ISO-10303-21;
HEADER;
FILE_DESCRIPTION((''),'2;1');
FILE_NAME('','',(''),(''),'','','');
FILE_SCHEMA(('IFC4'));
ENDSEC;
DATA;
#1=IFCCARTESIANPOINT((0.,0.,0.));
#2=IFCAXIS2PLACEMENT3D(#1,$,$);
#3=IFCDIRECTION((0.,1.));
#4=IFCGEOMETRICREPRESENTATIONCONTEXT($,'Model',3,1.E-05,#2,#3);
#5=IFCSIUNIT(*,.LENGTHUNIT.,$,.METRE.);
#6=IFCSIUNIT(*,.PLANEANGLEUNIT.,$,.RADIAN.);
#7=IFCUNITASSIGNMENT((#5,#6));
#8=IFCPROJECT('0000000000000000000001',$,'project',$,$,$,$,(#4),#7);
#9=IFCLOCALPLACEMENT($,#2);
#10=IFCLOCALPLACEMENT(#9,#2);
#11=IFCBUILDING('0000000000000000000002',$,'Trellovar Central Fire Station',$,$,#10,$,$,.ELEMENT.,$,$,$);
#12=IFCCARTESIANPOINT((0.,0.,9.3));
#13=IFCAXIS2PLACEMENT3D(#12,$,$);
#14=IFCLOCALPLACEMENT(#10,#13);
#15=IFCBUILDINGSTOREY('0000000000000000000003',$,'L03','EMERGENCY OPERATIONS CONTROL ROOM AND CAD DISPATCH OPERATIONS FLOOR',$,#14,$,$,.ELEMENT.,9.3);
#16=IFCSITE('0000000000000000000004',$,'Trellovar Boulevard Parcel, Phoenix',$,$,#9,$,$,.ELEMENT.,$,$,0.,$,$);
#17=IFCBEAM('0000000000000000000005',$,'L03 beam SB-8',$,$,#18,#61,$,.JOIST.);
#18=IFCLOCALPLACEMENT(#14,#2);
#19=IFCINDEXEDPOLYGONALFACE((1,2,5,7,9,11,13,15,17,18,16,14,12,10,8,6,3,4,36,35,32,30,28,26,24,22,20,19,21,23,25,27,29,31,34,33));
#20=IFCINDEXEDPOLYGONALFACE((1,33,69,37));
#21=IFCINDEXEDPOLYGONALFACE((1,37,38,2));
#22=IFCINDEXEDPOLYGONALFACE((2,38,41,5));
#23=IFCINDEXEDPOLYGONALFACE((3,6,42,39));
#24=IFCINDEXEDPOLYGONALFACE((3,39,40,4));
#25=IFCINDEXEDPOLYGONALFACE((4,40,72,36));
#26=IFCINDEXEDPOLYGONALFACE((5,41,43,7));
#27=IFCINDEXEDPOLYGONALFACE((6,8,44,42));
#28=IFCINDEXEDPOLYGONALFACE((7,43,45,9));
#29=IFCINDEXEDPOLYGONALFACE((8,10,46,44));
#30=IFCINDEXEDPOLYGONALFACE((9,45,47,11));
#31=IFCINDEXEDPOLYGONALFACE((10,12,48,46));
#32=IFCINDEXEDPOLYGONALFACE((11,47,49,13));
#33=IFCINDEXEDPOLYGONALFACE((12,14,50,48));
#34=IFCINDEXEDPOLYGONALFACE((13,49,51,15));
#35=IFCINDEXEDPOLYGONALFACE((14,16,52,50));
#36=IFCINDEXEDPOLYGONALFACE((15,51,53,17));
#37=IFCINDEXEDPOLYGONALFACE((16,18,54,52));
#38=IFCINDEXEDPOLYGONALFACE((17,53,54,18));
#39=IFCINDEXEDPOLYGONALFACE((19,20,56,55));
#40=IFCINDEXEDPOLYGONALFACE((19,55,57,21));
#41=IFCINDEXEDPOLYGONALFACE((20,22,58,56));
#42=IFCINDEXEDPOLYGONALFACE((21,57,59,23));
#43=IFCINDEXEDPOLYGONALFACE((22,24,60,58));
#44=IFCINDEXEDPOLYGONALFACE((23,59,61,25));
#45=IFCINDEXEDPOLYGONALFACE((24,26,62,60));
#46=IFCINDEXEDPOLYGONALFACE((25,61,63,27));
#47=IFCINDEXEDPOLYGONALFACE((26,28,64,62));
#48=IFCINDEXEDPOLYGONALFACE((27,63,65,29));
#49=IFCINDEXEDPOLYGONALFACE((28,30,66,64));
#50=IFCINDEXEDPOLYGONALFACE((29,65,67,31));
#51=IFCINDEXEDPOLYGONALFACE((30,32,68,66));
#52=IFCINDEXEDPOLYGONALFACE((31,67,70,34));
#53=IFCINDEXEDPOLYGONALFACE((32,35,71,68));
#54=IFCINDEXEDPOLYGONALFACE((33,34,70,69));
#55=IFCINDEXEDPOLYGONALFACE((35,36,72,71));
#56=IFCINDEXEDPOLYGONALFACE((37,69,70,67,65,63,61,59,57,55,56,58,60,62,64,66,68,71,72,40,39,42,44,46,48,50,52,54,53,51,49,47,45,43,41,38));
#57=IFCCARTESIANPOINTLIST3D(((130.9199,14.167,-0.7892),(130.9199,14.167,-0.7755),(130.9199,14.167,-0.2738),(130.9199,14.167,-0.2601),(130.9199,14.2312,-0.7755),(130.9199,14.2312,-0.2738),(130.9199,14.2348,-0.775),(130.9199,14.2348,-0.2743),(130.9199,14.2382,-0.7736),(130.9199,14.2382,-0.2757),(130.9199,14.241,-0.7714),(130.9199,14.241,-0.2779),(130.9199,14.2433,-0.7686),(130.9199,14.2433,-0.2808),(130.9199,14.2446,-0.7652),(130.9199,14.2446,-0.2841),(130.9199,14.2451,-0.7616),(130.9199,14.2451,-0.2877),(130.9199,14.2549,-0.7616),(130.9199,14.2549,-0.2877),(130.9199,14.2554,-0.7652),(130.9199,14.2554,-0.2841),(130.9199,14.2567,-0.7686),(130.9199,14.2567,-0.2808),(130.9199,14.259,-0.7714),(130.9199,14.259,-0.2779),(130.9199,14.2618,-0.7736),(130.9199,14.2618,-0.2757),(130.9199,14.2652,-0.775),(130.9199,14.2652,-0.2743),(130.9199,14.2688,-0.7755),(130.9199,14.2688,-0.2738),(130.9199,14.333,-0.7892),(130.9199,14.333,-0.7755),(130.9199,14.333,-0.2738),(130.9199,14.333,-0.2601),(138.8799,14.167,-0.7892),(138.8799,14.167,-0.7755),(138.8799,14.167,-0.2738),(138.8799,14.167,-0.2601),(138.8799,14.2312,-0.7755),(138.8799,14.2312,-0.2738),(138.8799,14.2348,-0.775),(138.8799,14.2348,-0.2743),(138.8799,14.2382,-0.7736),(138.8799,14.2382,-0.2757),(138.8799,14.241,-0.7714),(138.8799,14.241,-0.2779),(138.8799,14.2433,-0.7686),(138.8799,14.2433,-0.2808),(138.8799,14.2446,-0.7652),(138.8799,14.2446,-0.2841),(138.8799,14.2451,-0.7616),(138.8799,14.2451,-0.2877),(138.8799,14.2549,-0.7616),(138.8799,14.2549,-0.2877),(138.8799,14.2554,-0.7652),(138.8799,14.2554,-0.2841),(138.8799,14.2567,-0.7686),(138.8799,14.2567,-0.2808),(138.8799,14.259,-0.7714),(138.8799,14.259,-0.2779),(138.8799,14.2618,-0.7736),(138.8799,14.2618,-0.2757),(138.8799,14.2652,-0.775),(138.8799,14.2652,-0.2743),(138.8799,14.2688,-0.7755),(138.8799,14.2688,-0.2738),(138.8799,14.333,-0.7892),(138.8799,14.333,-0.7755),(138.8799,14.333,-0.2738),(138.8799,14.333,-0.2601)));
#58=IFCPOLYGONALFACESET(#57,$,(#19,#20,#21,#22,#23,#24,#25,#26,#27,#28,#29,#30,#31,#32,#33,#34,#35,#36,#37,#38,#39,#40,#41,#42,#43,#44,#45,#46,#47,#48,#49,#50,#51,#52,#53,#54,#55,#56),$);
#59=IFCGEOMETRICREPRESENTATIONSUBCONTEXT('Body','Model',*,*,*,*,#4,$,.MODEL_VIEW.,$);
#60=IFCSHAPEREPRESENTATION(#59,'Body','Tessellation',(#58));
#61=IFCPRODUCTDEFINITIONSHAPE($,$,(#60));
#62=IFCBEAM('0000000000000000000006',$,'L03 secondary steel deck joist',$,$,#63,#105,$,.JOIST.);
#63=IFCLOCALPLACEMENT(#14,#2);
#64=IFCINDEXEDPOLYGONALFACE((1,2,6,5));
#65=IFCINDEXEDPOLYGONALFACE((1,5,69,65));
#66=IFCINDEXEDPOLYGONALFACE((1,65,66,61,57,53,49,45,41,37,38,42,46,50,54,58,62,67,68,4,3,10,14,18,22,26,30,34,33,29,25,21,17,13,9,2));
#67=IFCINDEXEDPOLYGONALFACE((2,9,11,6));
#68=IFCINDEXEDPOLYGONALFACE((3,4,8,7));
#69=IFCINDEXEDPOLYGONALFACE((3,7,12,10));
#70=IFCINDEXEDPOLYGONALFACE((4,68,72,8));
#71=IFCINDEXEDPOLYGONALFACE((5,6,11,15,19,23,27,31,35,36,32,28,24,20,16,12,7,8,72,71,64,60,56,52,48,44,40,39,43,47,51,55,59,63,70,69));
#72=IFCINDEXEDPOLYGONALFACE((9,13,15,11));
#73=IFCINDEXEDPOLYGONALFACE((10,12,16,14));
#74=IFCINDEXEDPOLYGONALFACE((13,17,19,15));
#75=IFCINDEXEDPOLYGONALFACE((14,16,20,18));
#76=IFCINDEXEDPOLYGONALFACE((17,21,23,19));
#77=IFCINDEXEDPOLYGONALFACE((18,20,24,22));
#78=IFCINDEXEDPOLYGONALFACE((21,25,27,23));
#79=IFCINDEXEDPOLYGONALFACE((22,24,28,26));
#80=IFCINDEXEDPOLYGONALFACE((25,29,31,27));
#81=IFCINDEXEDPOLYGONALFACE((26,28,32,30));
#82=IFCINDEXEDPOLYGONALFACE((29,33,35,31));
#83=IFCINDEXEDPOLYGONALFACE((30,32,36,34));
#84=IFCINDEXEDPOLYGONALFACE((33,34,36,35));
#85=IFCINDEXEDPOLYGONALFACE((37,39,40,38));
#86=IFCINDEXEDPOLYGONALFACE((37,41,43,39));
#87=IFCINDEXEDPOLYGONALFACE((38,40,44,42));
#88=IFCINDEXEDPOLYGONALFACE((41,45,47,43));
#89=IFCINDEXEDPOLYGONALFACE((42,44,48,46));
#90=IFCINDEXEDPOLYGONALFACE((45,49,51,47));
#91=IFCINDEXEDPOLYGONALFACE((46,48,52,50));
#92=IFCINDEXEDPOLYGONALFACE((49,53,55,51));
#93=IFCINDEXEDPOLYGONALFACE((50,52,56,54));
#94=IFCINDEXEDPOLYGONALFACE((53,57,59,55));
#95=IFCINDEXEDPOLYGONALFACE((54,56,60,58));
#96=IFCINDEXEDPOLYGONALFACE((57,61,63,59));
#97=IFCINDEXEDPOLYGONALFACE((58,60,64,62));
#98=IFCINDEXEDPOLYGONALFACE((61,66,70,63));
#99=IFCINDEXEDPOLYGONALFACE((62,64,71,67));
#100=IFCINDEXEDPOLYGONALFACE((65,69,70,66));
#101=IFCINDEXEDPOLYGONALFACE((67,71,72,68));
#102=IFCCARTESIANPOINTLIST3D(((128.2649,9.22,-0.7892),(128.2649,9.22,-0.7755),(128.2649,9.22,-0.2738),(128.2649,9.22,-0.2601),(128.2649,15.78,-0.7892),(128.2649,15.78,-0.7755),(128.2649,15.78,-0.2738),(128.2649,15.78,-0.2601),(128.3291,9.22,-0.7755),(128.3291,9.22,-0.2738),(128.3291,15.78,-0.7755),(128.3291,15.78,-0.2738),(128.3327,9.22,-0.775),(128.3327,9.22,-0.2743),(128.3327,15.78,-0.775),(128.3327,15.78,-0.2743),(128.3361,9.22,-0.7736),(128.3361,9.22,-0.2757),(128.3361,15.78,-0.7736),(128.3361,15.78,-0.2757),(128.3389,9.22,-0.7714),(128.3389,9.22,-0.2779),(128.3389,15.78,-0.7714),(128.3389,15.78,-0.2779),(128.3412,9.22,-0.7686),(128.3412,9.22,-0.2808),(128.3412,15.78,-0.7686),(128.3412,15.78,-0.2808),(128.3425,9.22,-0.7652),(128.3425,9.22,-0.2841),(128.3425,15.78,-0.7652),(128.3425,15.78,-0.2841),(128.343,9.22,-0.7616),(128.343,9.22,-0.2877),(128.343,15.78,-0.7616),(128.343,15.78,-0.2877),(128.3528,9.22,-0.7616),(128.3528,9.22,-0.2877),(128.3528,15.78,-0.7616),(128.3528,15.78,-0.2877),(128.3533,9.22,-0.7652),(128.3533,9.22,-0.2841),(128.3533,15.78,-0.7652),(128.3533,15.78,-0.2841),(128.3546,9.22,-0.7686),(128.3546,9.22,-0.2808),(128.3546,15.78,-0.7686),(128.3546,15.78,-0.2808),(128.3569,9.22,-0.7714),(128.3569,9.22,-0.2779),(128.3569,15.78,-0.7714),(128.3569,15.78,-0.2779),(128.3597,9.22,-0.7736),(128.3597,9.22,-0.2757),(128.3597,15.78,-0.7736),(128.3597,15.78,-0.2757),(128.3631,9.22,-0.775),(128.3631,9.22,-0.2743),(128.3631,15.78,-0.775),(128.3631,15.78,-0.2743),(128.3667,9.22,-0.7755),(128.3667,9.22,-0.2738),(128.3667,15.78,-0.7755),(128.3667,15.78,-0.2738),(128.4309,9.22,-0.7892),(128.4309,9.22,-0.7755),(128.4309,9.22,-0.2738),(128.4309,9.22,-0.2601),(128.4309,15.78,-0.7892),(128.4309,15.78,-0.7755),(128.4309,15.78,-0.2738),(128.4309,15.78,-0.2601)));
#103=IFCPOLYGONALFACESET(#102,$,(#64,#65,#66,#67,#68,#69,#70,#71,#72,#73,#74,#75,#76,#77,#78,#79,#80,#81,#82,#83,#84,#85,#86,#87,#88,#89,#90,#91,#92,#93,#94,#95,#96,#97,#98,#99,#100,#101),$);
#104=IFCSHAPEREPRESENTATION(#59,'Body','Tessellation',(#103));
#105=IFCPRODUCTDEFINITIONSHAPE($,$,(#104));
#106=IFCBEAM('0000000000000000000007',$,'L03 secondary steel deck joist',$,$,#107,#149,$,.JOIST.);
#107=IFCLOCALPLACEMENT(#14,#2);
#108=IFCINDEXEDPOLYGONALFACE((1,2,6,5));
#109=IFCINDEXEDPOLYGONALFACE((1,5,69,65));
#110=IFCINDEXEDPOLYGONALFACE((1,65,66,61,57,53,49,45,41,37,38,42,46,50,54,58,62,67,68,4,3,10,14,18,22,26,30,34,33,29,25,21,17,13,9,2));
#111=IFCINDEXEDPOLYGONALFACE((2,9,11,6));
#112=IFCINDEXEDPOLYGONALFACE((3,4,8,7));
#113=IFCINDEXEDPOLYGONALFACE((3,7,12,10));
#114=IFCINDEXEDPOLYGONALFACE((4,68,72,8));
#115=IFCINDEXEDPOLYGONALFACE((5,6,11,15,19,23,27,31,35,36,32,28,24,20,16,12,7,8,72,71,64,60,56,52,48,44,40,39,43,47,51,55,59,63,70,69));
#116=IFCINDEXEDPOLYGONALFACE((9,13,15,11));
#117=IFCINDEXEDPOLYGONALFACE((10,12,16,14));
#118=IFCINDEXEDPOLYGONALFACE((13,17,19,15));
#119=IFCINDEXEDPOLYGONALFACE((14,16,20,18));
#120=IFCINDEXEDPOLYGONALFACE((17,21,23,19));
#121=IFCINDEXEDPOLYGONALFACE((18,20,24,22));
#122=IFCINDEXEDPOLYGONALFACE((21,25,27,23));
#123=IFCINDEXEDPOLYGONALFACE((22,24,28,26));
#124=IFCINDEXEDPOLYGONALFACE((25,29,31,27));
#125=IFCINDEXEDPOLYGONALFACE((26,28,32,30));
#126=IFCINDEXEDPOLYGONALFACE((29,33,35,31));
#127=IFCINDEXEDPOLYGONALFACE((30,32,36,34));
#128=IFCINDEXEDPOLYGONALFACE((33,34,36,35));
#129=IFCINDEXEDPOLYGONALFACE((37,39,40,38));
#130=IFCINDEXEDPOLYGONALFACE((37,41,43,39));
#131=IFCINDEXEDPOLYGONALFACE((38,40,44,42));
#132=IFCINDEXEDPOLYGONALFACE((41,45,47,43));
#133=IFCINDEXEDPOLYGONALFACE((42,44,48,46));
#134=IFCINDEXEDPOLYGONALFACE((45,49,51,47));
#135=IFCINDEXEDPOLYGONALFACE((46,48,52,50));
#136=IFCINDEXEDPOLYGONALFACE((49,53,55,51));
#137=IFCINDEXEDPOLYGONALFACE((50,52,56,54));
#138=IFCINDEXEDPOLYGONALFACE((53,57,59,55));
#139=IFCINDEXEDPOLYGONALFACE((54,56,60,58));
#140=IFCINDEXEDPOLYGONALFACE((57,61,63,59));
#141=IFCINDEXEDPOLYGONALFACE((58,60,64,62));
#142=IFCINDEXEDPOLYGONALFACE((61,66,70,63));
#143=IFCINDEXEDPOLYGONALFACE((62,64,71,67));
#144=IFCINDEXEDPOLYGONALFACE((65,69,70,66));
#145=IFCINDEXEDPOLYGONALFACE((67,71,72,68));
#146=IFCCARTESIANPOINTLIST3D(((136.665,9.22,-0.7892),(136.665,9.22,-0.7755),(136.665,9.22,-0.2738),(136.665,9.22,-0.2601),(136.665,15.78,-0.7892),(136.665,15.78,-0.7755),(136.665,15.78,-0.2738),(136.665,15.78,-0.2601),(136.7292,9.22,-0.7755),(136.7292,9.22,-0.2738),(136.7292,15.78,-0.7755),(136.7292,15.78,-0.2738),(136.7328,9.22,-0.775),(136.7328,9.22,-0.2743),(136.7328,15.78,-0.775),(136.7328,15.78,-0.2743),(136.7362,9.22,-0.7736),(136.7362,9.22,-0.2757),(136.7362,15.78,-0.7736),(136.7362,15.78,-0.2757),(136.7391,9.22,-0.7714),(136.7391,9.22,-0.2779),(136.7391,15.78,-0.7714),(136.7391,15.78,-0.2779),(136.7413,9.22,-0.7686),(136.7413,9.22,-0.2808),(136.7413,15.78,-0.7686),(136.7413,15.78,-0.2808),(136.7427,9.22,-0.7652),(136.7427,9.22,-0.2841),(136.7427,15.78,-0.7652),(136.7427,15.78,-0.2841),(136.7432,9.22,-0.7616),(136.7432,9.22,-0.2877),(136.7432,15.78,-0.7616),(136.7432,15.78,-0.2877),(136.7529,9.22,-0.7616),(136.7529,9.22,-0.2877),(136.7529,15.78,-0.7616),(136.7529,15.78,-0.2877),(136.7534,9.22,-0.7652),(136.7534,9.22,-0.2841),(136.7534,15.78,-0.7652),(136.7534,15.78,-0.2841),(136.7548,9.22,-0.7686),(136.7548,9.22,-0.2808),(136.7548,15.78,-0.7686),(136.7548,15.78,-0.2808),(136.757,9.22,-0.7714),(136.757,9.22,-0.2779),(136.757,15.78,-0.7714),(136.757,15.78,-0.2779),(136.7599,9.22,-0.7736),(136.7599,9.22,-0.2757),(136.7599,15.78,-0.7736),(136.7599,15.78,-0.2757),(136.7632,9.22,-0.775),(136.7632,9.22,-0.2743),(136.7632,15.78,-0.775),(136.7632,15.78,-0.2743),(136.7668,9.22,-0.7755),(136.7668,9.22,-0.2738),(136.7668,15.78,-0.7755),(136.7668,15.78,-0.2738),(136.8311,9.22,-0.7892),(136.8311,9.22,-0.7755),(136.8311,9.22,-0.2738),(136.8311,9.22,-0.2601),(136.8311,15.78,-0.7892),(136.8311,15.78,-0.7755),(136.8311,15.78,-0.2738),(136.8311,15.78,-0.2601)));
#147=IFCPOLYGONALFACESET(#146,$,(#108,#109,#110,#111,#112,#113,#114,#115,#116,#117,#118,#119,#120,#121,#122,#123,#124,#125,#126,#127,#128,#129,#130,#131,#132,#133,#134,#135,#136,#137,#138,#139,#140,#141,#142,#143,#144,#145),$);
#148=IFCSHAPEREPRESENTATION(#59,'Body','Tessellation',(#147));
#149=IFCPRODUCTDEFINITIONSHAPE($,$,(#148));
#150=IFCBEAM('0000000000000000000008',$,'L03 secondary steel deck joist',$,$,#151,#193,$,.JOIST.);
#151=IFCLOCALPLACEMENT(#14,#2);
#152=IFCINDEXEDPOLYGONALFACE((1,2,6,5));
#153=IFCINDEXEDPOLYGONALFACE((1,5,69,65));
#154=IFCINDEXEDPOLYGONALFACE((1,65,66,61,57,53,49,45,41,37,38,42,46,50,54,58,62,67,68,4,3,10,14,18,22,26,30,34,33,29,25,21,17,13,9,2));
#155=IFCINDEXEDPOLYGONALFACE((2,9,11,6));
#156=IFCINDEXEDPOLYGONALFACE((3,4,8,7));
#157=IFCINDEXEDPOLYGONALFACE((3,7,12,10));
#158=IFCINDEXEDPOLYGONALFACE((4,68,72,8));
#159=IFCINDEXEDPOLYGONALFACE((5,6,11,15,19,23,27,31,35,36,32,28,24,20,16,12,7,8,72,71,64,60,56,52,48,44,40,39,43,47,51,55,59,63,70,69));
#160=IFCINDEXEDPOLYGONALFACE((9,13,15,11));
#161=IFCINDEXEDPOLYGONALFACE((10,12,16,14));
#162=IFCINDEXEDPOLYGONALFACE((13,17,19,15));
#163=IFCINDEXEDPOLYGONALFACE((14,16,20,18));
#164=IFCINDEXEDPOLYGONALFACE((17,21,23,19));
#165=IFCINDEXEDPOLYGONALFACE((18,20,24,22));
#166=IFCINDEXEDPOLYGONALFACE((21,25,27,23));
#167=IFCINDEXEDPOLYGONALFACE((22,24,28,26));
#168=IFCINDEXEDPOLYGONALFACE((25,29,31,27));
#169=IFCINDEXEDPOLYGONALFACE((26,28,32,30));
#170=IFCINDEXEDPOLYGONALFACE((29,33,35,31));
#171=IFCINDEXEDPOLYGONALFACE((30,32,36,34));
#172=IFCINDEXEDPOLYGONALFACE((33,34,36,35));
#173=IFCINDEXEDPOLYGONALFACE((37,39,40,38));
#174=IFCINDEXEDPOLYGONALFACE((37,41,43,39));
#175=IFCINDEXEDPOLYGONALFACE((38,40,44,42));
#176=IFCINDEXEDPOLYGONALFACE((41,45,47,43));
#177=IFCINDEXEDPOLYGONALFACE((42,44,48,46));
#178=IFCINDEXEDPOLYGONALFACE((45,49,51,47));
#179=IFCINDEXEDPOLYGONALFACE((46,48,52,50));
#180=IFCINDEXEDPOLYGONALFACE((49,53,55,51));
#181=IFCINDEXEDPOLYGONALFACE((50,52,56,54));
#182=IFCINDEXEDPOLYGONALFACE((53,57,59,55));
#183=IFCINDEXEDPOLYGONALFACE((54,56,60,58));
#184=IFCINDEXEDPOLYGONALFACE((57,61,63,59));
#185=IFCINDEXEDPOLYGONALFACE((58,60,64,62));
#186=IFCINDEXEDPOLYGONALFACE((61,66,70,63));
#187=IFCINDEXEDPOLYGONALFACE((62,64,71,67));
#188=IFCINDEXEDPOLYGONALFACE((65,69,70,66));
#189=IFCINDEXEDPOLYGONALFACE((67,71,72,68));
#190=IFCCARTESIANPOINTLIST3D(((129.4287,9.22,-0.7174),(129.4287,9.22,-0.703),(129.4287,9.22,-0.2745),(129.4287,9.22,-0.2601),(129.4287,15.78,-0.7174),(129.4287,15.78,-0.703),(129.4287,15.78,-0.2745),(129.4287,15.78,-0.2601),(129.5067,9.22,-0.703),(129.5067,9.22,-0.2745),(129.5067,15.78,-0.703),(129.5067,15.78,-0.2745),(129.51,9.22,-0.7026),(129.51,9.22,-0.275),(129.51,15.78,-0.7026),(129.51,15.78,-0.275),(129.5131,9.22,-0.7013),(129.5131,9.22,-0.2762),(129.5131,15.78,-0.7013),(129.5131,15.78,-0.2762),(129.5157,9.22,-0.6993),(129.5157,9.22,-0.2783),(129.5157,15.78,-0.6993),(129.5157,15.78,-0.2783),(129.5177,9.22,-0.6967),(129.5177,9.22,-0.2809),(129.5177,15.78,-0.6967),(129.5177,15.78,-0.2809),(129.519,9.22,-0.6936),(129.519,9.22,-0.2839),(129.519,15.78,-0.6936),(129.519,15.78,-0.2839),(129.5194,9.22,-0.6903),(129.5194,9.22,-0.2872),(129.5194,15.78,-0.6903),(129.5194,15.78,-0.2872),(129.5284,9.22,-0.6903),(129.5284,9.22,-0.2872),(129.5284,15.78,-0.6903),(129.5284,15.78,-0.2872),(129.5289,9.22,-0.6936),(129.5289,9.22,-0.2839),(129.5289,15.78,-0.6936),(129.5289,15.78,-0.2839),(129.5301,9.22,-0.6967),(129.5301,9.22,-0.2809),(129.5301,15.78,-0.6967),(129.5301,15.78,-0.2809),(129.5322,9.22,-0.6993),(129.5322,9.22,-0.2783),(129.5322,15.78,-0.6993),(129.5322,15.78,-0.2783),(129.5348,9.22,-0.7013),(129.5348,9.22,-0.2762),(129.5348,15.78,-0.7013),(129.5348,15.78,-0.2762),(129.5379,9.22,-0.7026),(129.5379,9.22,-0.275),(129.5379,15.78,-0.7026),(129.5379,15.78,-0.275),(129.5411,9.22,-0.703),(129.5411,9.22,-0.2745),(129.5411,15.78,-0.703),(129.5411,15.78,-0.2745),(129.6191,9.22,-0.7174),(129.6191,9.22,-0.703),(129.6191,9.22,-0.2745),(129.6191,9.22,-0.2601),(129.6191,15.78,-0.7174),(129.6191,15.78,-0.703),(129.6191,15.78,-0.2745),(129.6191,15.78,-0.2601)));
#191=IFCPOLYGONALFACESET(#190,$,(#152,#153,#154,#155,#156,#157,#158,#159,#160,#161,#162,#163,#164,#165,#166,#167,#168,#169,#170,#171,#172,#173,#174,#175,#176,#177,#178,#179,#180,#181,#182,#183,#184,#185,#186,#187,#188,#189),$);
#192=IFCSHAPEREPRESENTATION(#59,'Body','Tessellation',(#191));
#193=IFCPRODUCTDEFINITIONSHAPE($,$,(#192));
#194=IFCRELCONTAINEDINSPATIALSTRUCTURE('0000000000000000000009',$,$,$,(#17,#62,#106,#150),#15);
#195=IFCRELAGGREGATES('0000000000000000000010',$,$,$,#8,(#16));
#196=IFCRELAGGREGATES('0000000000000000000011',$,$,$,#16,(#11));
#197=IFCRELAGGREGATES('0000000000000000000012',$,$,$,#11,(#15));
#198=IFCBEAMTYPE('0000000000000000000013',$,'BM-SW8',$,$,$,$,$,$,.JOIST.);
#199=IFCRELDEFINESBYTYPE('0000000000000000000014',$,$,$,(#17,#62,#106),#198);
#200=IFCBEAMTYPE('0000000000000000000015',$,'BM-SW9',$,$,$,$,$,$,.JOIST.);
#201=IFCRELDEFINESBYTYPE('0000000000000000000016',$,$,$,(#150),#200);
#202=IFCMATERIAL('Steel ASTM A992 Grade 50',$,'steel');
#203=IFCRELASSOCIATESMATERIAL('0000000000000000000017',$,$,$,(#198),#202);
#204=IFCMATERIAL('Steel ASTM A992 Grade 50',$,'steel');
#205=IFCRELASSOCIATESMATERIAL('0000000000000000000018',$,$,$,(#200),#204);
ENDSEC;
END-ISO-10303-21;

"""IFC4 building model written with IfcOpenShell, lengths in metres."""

from ifc_helpers import new_model, si_unit, direction, frame, origin, origin_2d, place, context, subcontext, project, spatial, i_section, extrude, material, material_profile, profile_set, type_object, element, save


model = new_model("IFC4")

# Units and contexts
model_context = context("Model", 3, precision=1e-05, world=origin(), true_north=direction((0.0, 1.0)))
body_context = subcontext(model_context, "Body", "Model", "MODEL_VIEW")
ifc_project = project(units=[si_unit("LENGTHUNIT", "METRE"), si_unit("PLANEANGLEUNIT", "RADIAN")], contexts=[model_context])

# Site, building, storey
site_placement = place(None, origin())
site = spatial("IfcSite", under=ifc_project, at=site_placement, Name="Trellovar Boulevard Parcel, Phoenix", CompositionType="ELEMENT", RefElevation=0.0)
building_placement = place(site_placement, origin())
building = spatial("IfcBuilding", under=site, at=building_placement, Name="Trellovar Central Fire Station", CompositionType="ELEMENT")
storey_placement = place(building_placement, frame((0.0, 0.0, 9.3)))
storey = spatial("IfcBuildingStorey", under=building, at=storey_placement, Name="L03", Description="EMERGENCY OPERATIONS CONTROL ROOM AND CAD DISPATCH OPERATIONS FLOOR", CompositionType="ELEMENT", Elevation=9.3)

# Beams
ifc_material_1 = material(Name="Steel ASTM A992 Grade 50", Category="steel")
ifc_material_profile_1 = material_profile(ifc_material_1, i_section(OverallWidth=0.166, OverallDepth=0.5291, WebThickness=0.0098, FlangeThickness=0.0137, FilletRadius=0.0139, at=origin_2d()), Name="W21X50")
ifc_profile_set_1 = profile_set([ifc_material_profile_1], Name="Steel ASTM A992 Grade 50")
beam_type_1 = type_object("IfcBeamType", Name="BM-SW8", PredefinedType="JOIST", material=ifc_profile_set_1)
for number, where, z_axis, x_axis, name in (
    (1, (130.9199, 14.25, -0.5247), (1.0, 0.0, 0.0), (0.0, 1.0, 0.0), "L03 beam SB-8"),
):
    element("IfcBeam", number, at=place(storey_placement, frame(where, z_axis=z_axis, x_axis=x_axis)), inside=storey, type_object=beam_type_1, Name=name, PredefinedType="JOIST", context=body_context, shape_type="SweptSolid", body=[
        extrude(i_section(OverallWidth=0.166, OverallDepth=0.5291, WebThickness=0.0098, FlangeThickness=0.0137, FilletRadius=0.0139, at=origin_2d()), origin(), (0.0, 0.0, 1.0), 7.96),
    ])
for number, where, z_axis, x_axis, name in (
    (2, (128.3479, 9.22, -0.5247), (0.0, 1.0, 0.0), (-1.0, 0.0, 0.0), "L03 secondary steel deck joist"),
    (3, (136.748, 9.22, -0.5247), (0.0, 1.0, 0.0), (-1.0, 0.0, 0.0), "L03 secondary steel deck joist"),
):
    element("IfcBeam", number, at=place(storey_placement, frame(where, z_axis=z_axis, x_axis=x_axis)), inside=storey, type_object=beam_type_1, Name=name, PredefinedType="JOIST", context=body_context, shape_type="SweptSolid", body=[
        extrude(i_section(OverallWidth=0.166, OverallDepth=0.5291, WebThickness=0.0098, FlangeThickness=0.0137, FilletRadius=0.0139, at=origin_2d()), origin(), (0.0, 0.0, 1.0), 6.5601),
    ])
ifc_material_2 = material(Name="Steel ASTM A992 Grade 50", Category="steel")
ifc_material_profile_2 = material_profile(ifc_material_2, i_section(OverallWidth=0.1904, OverallDepth=0.4573, WebThickness=0.009, FlangeThickness=0.0144, FilletRadius=0.0127, at=origin_2d()), Name="W18X50")
ifc_profile_set_2 = profile_set([ifc_material_profile_2], Name="Steel ASTM A992 Grade 50")
beam_type_2 = type_object("IfcBeamType", Name="BM-SW9", PredefinedType="JOIST", material=ifc_profile_set_2)
beam_1_placement = place(storey_placement, frame((129.5239, 9.22, -0.4888), z_axis=(0.0, 1.0, 0.0), x_axis=(-1.0, 0.0, 0.0)))
element("IfcBeam", 4, at=beam_1_placement, inside=storey, type_object=beam_type_2, Name="L03 secondary steel deck joist", PredefinedType="JOIST", context=body_context, shape_type="SweptSolid", body=[
    extrude(i_section(OverallWidth=0.1904, OverallDepth=0.4573, WebThickness=0.009, FlangeThickness=0.0144, FilletRadius=0.0127, at=origin_2d()), origin(), (0.0, 0.0, 1.0), 6.5601),
])

save(model, "model.ifc")
